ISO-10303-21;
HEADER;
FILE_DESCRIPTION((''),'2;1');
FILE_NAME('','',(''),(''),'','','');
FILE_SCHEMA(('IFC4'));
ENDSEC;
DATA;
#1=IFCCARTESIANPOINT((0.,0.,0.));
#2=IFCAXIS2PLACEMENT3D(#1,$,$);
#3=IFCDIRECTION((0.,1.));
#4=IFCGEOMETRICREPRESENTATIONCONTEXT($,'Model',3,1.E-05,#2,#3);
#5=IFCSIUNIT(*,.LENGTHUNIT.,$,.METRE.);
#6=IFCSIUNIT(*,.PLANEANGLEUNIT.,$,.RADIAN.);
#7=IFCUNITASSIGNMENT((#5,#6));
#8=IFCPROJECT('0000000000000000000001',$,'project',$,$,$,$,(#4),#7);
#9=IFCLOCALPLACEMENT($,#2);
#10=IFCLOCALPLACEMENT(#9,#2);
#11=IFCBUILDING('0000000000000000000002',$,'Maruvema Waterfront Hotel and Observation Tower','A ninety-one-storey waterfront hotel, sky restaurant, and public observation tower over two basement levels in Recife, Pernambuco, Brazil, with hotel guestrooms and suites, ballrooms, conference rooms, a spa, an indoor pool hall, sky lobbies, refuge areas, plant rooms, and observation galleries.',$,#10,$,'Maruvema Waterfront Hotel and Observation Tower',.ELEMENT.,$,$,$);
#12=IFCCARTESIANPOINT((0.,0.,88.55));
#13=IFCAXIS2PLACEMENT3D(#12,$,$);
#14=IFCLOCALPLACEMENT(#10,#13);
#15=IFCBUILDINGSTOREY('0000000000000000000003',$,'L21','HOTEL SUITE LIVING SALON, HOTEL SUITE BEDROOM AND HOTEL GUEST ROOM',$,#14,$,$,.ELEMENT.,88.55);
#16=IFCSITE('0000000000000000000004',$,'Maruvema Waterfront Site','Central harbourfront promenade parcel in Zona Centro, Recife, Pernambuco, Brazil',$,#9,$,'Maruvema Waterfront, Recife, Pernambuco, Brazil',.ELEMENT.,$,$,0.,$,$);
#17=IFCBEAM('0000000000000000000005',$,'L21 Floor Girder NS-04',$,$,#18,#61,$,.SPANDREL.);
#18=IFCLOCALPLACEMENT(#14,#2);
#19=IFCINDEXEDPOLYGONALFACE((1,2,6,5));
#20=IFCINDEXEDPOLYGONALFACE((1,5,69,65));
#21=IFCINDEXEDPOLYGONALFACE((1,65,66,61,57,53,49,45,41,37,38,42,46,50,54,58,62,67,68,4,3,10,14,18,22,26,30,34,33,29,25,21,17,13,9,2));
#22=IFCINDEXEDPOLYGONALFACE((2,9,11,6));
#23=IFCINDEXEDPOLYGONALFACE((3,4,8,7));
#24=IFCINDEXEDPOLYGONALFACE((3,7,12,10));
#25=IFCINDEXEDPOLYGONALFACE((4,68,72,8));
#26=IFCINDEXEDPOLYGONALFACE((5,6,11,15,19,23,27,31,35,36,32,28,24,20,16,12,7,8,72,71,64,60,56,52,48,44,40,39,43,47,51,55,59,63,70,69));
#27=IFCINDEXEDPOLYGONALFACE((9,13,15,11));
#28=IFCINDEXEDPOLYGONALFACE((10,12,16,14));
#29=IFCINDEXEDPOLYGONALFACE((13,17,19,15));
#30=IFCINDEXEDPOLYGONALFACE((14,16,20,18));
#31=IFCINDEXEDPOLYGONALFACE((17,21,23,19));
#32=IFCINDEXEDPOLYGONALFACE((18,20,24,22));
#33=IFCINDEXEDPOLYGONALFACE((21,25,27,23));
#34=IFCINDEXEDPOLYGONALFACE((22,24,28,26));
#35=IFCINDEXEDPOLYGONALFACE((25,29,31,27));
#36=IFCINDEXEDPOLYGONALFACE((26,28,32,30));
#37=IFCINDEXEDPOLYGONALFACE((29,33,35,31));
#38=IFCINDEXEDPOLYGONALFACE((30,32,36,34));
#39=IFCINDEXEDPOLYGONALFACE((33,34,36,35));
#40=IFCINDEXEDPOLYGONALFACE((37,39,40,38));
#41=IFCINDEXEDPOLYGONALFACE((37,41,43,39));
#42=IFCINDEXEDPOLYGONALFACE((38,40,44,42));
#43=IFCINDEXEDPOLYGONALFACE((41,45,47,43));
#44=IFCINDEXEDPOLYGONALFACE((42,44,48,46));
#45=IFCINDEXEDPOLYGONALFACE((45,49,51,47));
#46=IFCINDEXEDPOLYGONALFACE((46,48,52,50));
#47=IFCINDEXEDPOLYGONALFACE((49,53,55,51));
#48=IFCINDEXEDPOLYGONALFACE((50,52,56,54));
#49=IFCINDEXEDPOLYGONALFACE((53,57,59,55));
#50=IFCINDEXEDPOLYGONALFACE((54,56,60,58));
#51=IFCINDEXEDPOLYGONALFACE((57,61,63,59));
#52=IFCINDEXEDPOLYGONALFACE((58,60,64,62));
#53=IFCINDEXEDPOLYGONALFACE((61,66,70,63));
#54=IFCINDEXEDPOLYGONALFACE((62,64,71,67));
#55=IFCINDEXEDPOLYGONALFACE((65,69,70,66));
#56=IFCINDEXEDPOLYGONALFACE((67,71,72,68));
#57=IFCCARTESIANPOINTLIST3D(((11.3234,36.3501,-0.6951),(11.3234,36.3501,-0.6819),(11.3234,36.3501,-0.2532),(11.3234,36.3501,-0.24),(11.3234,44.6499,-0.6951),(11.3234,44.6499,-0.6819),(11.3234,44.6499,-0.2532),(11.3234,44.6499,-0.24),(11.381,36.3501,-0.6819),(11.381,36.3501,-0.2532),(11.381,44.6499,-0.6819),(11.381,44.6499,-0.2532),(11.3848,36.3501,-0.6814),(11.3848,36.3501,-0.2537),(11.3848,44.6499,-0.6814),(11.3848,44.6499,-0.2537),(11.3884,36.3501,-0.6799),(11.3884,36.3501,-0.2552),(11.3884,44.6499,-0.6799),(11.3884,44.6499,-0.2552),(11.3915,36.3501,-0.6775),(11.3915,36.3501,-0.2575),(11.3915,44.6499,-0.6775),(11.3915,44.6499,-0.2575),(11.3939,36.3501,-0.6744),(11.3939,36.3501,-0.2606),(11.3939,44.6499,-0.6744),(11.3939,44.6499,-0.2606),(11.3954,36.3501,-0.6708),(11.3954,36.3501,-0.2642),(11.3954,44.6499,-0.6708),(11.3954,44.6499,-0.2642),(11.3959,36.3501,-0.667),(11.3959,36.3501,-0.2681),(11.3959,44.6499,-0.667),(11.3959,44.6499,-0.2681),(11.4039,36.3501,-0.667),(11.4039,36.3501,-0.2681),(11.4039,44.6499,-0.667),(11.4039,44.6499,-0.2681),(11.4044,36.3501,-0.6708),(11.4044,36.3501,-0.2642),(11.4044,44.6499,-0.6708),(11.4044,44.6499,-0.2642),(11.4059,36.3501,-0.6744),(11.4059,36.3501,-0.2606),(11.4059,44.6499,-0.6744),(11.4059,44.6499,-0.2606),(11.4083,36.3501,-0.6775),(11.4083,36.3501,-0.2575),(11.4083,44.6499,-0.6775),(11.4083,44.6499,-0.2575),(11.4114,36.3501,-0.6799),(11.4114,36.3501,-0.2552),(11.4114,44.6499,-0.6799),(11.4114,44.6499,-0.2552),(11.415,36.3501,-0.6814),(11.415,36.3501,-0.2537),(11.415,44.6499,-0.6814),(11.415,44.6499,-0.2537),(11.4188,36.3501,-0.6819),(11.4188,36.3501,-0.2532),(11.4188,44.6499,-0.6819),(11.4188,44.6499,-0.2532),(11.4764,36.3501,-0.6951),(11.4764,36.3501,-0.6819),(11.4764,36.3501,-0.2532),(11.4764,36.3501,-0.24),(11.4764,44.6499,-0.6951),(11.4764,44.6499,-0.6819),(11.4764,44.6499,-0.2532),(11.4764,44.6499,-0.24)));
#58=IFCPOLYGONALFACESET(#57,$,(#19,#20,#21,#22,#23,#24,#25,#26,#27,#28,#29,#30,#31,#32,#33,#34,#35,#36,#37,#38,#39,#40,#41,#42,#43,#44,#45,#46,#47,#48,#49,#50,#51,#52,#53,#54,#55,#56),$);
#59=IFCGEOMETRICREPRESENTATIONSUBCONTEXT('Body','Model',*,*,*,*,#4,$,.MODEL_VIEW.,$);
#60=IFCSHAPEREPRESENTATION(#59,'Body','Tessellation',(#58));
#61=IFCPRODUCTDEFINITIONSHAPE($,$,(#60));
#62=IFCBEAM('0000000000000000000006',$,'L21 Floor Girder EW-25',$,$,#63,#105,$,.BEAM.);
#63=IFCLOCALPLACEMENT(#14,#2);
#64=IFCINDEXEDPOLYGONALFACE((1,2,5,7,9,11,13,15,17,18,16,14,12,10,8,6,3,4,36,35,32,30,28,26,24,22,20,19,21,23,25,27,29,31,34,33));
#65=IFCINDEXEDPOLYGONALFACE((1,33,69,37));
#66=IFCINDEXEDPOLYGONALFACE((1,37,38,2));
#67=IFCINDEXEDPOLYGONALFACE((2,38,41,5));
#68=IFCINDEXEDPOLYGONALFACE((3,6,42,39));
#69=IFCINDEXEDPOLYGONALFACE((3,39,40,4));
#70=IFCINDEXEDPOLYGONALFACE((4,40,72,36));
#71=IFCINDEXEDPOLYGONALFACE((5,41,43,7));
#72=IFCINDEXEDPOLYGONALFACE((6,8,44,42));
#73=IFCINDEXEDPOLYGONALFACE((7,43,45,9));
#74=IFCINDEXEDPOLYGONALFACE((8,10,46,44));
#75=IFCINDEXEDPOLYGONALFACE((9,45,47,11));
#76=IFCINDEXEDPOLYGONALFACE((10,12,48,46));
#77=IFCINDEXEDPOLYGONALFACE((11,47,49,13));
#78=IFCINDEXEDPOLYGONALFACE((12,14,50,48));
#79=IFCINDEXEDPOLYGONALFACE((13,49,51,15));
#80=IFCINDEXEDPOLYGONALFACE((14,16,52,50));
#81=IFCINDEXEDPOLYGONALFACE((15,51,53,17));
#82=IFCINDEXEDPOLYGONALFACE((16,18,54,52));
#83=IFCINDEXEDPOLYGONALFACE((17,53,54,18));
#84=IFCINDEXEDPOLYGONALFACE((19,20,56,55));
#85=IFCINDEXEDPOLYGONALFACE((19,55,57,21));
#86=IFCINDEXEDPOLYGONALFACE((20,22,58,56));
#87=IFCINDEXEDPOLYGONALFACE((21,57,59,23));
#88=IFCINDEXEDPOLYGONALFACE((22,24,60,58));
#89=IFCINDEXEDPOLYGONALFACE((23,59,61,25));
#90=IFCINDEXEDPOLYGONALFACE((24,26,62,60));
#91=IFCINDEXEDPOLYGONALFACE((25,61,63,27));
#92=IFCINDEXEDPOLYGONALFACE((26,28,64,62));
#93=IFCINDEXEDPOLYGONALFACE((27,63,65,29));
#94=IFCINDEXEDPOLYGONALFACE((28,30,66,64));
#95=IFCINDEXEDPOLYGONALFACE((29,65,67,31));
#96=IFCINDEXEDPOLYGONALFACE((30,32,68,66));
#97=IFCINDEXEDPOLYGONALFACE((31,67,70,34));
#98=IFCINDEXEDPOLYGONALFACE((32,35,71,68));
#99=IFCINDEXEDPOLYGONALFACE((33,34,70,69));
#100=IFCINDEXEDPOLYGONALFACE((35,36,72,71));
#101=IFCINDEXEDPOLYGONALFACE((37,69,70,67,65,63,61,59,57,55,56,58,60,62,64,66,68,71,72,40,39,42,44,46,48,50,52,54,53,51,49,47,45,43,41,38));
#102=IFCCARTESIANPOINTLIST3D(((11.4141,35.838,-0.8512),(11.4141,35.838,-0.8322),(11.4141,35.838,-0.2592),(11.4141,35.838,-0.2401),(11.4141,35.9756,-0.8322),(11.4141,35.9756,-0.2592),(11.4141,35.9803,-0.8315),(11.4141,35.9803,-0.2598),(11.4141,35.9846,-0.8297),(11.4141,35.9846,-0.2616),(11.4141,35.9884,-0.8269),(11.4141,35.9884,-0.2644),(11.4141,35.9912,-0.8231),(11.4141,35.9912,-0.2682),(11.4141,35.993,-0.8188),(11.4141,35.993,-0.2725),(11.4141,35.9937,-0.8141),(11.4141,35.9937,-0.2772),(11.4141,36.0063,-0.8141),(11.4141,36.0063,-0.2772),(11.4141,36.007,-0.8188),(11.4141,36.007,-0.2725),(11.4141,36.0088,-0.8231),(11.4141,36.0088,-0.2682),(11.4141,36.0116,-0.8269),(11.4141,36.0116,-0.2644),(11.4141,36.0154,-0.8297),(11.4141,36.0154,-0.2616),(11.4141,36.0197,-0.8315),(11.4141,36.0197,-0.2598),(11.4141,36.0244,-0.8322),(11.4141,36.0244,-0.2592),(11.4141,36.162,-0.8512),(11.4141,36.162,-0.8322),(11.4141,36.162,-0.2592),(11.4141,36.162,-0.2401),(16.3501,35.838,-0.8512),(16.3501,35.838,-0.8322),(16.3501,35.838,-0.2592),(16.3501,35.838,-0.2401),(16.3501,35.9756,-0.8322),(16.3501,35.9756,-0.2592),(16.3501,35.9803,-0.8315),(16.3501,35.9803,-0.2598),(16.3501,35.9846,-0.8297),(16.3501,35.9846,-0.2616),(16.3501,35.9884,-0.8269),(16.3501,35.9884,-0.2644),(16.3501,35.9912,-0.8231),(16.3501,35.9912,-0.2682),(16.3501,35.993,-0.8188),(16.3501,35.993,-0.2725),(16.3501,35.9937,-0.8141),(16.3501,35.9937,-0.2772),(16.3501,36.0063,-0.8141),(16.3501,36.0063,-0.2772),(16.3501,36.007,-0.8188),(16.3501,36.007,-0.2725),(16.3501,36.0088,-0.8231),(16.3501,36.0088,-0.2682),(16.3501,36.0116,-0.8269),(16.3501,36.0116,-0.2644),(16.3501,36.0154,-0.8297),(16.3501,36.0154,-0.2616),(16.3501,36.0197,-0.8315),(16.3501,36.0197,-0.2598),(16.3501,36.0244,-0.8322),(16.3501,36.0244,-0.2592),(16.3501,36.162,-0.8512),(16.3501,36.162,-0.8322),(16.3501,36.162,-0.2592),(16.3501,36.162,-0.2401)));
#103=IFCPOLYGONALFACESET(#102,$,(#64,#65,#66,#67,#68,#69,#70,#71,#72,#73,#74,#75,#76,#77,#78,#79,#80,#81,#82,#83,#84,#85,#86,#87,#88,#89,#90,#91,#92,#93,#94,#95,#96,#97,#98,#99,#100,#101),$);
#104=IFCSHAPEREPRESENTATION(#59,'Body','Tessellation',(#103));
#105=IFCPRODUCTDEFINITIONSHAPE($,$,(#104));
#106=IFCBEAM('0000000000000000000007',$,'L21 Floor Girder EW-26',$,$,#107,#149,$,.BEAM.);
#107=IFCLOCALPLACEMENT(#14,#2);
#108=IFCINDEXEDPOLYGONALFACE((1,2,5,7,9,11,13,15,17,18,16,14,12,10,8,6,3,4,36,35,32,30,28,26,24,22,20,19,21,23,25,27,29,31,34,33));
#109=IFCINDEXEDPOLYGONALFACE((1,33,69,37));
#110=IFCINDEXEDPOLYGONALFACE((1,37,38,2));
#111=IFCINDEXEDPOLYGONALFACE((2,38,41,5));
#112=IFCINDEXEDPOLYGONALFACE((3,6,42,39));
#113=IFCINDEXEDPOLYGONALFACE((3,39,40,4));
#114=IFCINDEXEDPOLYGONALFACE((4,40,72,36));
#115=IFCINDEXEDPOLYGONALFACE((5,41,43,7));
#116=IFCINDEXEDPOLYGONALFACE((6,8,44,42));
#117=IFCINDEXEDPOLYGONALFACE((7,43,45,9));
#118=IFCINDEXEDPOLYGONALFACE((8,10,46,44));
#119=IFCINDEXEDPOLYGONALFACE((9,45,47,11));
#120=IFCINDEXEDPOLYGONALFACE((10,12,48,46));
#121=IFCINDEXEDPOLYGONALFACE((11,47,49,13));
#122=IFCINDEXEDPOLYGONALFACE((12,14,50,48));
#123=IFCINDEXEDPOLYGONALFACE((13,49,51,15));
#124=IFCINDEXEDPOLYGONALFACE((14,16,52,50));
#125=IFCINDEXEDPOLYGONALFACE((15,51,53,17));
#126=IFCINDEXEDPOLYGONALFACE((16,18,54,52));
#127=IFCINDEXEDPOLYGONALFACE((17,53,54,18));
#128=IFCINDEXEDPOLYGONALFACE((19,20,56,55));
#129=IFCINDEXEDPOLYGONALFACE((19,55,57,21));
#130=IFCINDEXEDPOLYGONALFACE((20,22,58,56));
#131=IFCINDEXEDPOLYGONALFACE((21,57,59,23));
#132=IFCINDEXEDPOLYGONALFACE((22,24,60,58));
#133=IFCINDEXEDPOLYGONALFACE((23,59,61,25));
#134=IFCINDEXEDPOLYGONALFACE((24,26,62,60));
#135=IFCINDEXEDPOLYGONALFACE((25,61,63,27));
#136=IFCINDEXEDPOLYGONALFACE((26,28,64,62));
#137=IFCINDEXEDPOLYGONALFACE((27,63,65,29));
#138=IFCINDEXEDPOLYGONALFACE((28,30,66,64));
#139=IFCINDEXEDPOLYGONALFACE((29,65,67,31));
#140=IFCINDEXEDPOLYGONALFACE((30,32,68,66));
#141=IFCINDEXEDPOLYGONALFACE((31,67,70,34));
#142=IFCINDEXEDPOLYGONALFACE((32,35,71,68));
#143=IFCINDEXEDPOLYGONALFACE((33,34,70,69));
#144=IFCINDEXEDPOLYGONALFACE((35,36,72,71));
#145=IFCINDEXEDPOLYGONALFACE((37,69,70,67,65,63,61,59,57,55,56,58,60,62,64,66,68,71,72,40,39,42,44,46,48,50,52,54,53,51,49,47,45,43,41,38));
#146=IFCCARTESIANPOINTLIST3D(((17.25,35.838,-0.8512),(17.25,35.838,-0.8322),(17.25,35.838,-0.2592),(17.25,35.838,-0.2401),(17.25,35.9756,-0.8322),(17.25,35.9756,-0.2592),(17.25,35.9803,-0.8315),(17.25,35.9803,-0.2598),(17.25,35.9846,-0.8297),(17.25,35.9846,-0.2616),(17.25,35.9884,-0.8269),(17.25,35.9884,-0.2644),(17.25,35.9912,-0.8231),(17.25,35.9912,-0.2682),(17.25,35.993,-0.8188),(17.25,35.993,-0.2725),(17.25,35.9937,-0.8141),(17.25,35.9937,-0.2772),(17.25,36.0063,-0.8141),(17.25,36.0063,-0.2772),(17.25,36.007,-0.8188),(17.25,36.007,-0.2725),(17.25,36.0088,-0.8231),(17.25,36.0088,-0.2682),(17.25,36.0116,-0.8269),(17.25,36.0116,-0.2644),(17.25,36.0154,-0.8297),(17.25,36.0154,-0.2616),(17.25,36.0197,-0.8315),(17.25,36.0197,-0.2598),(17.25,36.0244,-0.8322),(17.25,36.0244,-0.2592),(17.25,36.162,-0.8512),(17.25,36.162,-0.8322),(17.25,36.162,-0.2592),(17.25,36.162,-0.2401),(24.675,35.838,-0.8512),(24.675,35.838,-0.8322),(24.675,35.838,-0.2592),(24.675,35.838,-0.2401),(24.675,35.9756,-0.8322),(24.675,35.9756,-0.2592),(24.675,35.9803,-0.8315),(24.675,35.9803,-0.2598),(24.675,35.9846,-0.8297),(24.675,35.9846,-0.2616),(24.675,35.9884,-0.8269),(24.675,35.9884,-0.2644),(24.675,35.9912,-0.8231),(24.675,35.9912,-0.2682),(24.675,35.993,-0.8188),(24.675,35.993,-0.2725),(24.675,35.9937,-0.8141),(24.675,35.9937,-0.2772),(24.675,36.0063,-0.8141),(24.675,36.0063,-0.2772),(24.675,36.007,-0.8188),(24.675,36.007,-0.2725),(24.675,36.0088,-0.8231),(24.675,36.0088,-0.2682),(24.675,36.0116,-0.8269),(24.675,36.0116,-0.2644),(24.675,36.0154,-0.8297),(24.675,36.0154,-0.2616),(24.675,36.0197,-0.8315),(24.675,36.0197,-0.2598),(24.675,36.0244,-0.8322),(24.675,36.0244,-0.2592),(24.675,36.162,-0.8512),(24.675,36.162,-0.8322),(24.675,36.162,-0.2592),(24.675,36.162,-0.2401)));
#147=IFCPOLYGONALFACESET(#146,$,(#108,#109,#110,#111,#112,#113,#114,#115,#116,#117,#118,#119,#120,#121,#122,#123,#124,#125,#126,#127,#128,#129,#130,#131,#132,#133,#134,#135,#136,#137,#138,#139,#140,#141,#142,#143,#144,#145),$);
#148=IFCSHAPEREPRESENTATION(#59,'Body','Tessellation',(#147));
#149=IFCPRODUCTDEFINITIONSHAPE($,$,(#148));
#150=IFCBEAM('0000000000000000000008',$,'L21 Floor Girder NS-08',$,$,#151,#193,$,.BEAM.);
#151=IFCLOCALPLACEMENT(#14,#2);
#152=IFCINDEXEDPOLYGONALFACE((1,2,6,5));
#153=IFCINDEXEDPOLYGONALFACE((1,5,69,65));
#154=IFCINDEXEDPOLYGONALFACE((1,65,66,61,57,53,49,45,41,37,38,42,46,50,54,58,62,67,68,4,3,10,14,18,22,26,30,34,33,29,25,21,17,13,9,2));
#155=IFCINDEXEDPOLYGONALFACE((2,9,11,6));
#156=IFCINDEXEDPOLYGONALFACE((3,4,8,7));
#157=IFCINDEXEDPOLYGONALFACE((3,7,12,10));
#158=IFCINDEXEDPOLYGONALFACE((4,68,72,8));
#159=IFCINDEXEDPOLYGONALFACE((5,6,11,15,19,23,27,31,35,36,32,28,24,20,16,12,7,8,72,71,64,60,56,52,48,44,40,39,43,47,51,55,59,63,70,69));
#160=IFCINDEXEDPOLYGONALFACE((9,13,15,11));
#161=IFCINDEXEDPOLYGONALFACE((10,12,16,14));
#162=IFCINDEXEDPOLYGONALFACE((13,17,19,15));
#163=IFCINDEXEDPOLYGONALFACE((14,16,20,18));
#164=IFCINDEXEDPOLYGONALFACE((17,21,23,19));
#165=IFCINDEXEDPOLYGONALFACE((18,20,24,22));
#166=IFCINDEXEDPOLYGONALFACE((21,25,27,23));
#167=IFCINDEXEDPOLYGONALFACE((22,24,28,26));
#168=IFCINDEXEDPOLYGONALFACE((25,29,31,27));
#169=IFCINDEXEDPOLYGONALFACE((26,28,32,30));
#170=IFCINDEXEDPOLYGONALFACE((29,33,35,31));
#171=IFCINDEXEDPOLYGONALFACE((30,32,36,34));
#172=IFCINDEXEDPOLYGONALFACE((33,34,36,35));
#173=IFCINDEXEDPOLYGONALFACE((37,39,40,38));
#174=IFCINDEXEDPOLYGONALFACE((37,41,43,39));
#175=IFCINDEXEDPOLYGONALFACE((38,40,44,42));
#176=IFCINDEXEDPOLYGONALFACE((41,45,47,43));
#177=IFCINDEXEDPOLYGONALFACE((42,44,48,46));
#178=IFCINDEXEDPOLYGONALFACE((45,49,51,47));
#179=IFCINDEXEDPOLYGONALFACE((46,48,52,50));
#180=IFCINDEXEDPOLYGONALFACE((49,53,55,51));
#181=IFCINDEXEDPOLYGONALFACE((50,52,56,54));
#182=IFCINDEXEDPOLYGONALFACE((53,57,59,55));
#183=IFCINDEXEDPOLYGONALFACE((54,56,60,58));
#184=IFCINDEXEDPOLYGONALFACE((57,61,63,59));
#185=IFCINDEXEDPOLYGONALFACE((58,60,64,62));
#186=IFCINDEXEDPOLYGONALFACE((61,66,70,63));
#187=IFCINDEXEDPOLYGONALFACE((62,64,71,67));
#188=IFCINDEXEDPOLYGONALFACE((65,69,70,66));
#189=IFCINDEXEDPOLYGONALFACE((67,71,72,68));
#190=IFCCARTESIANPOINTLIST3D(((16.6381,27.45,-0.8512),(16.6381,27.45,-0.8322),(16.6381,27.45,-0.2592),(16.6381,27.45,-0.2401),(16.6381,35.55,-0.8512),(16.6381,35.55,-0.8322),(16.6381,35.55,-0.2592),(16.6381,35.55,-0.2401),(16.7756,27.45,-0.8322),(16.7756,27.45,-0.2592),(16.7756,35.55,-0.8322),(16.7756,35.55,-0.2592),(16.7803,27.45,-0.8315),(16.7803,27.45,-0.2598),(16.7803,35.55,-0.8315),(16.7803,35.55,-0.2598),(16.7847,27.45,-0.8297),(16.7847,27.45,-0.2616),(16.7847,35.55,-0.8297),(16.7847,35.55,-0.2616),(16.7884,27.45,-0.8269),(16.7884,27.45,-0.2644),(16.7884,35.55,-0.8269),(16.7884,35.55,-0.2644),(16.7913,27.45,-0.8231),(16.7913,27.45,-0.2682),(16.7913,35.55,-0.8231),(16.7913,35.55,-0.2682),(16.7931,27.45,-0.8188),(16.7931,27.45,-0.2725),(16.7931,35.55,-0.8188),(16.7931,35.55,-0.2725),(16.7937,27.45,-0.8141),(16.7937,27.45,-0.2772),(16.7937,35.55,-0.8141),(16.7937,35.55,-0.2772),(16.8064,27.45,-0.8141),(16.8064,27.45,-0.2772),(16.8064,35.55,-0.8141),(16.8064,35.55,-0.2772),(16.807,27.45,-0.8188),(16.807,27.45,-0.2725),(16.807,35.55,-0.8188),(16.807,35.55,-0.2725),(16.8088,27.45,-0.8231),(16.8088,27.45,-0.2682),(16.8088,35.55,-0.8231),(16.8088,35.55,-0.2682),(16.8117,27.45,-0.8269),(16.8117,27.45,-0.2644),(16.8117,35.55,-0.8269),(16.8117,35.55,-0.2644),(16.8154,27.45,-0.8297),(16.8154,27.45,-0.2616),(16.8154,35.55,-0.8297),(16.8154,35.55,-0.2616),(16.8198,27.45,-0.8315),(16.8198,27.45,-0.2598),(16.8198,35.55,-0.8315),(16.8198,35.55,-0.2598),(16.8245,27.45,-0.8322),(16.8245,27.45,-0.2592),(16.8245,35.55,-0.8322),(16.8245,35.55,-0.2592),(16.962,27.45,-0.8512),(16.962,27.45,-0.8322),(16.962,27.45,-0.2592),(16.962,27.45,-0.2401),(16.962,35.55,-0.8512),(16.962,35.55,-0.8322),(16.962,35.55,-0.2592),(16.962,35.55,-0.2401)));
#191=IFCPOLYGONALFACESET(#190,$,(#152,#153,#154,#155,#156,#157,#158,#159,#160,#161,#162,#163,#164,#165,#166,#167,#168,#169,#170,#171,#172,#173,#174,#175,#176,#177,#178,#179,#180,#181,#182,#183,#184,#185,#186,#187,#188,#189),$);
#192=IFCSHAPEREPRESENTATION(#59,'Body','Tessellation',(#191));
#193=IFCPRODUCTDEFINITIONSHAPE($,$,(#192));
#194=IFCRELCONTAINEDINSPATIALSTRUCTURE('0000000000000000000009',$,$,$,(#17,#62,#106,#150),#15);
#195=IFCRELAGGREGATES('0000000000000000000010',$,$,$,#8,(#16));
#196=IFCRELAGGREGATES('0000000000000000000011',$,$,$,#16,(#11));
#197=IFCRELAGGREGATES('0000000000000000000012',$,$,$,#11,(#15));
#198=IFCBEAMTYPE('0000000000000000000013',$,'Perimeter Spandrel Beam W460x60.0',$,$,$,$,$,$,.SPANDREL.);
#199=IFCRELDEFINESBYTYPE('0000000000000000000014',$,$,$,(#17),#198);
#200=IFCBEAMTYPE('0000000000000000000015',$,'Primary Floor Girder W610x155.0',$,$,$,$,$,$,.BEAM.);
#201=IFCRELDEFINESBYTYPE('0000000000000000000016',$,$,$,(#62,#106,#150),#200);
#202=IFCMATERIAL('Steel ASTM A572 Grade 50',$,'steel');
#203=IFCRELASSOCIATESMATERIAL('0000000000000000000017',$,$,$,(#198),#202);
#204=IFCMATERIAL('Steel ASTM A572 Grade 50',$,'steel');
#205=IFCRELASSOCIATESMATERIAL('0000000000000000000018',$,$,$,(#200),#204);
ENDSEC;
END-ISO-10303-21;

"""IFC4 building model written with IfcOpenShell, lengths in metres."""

from ifc_helpers import new_model, si_unit, direction, frame, origin, origin_2d, place, context, subcontext, project, spatial, i_section, extrude, material, material_profile, profile_set, type_object, element, save


model = new_model("IFC4")

# Units and contexts
model_context = context("Model", 3, precision=1e-05, world=origin(), true_north=direction((0.0, 1.0)))
body_context = subcontext(model_context, "Body", "Model", "MODEL_VIEW")
ifc_project = project(units=[si_unit("LENGTHUNIT", "METRE"), si_unit("PLANEANGLEUNIT", "RADIAN")], contexts=[model_context])

# Site, building, storey
site_placement = place(None, origin())
site = spatial("IfcSite", under=ifc_project, at=site_placement, Name="Maruvema Waterfront Site", Description="Central harbourfront promenade parcel in Zona Centro, Recife, Pernambuco, Brazil", LongName="Maruvema Waterfront, Recife, Pernambuco, Brazil", CompositionType="ELEMENT", RefElevation=0.0)
building_placement = place(site_placement, origin())
building = spatial("IfcBuilding", under=site, at=building_placement, Name="Maruvema Waterfront Hotel and Observation Tower", Description="A ninety-one-storey waterfront hotel, sky restaurant, and public observation tower over two basement levels in Recife, Pernambuco, Brazil, with hotel guestrooms and suites, ballrooms, conference rooms, a spa, an indoor pool hall, sky lobbies, refuge areas, plant rooms, and observation galleries.", LongName="Maruvema Waterfront Hotel and Observation Tower", CompositionType="ELEMENT")
storey_placement = place(building_placement, frame((0.0, 0.0, 88.55)))
storey = spatial("IfcBuildingStorey", under=building, at=storey_placement, Name="L21", Description="HOTEL SUITE LIVING SALON, HOTEL SUITE BEDROOM AND HOTEL GUEST ROOM", CompositionType="ELEMENT", Elevation=88.55)

# Beams
ifc_material_1 = material(Name="Steel ASTM A572 Grade 50", Category="steel")
ifc_material_profile_1 = material_profile(ifc_material_1, i_section(OverallWidth=0.1531, OverallDepth=0.4551, WebThickness=0.0081, FlangeThickness=0.0132, FilletRadius=0.0149, at=origin_2d()), Name="W460x60.0")
ifc_profile_set_1 = profile_set([ifc_material_profile_1], Name="Steel ASTM A572 Grade 50")
beam_type_1 = type_object("IfcBeamType", Name="Perimeter Spandrel Beam W460x60.0", PredefinedType="SPANDREL", material=ifc_profile_set_1)
for number, where, z_axis, x_axis, name in (
    (1, (11.3999, 36.3501, -0.4675), (0.0, 1.0, 0.0), (-1.0, 0.0, 0.0), "L21 Floor Girder NS-04"),
):
    element("IfcBeam", number, at=place(storey_placement, frame(where, z_axis=z_axis, x_axis=x_axis)), inside=storey, type_object=beam_type_1, Name=name, PredefinedType="SPANDREL", context=body_context, shape_type="SweptSolid", body=[
        extrude(i_section(OverallWidth=0.1531, OverallDepth=0.4551, WebThickness=0.0081, FlangeThickness=0.0132, FilletRadius=0.0149, at=origin_2d()), origin(), (0.0, 0.0, 1.0), 8.2998),
    ])
ifc_material_2 = material(Name="Steel ASTM A572 Grade 50", Category="steel")
ifc_material_profile_2 = material_profile(ifc_material_2, i_section(OverallWidth=0.324, OverallDepth=0.6111, WebThickness=0.0127, FlangeThickness=0.019, FilletRadius=0.0181, at=origin_2d()), Name="W610x155.0")
ifc_profile_set_2 = profile_set([ifc_material_profile_2], Name="Steel ASTM A572 Grade 50")
beam_type_2 = type_object("IfcBeamType", Name="Primary Floor Girder W610x155.0", PredefinedType="BEAM", material=ifc_profile_set_2)
beam_1_placement = place(storey_placement, frame((11.4141, 36.0, -0.5457), z_axis=(1.0, 0.0, 0.0), x_axis=(0.0, 1.0, 0.0)))
element("IfcBeam", 2, at=beam_1_placement, inside=storey, type_object=beam_type_2, Name="L21 Floor Girder EW-25", PredefinedType="BEAM", context=body_context, shape_type="SweptSolid", body=[
    extrude(i_section(OverallWidth=0.324, OverallDepth=0.6111, WebThickness=0.0127, FlangeThickness=0.019, FilletRadius=0.0181, at=origin_2d()), origin(), (0.0, 0.0, 1.0), 4.936),
])
beam_2_placement = place(storey_placement, frame((17.25, 36.0, -0.5457), z_axis=(1.0, 0.0, 0.0), x_axis=(0.0, 1.0, 0.0)))
element("IfcBeam", 3, at=beam_2_placement, inside=storey, type_object=beam_type_2, Name="L21 Floor Girder EW-26", PredefinedType="BEAM", context=body_context, shape_type="SweptSolid", body=[
    extrude(i_section(OverallWidth=0.324, OverallDepth=0.6111, WebThickness=0.0127, FlangeThickness=0.019, FilletRadius=0.0181, at=origin_2d()), origin(), (0.0, 0.0, 1.0), 7.425),
])
for number, where, z_axis, x_axis, name in (
    (4, (16.8, 27.45, -0.5457), (0.0, 1.0, 0.0), (-1.0, 0.0, 0.0), "L21 Floor Girder NS-08"),
):
    element("IfcBeam", number, at=place(storey_placement, frame(where, z_axis=z_axis, x_axis=x_axis)), inside=storey, type_object=beam_type_2, Name=name, PredefinedType="BEAM", context=body_context, shape_type="SweptSolid", body=[
        extrude(i_section(OverallWidth=0.324, OverallDepth=0.6111, WebThickness=0.0127, FlangeThickness=0.019, FilletRadius=0.0181, at=origin_2d()), origin(), (0.0, 0.0, 1.0), 8.1001),
    ])

save(model, "model.ifc")
